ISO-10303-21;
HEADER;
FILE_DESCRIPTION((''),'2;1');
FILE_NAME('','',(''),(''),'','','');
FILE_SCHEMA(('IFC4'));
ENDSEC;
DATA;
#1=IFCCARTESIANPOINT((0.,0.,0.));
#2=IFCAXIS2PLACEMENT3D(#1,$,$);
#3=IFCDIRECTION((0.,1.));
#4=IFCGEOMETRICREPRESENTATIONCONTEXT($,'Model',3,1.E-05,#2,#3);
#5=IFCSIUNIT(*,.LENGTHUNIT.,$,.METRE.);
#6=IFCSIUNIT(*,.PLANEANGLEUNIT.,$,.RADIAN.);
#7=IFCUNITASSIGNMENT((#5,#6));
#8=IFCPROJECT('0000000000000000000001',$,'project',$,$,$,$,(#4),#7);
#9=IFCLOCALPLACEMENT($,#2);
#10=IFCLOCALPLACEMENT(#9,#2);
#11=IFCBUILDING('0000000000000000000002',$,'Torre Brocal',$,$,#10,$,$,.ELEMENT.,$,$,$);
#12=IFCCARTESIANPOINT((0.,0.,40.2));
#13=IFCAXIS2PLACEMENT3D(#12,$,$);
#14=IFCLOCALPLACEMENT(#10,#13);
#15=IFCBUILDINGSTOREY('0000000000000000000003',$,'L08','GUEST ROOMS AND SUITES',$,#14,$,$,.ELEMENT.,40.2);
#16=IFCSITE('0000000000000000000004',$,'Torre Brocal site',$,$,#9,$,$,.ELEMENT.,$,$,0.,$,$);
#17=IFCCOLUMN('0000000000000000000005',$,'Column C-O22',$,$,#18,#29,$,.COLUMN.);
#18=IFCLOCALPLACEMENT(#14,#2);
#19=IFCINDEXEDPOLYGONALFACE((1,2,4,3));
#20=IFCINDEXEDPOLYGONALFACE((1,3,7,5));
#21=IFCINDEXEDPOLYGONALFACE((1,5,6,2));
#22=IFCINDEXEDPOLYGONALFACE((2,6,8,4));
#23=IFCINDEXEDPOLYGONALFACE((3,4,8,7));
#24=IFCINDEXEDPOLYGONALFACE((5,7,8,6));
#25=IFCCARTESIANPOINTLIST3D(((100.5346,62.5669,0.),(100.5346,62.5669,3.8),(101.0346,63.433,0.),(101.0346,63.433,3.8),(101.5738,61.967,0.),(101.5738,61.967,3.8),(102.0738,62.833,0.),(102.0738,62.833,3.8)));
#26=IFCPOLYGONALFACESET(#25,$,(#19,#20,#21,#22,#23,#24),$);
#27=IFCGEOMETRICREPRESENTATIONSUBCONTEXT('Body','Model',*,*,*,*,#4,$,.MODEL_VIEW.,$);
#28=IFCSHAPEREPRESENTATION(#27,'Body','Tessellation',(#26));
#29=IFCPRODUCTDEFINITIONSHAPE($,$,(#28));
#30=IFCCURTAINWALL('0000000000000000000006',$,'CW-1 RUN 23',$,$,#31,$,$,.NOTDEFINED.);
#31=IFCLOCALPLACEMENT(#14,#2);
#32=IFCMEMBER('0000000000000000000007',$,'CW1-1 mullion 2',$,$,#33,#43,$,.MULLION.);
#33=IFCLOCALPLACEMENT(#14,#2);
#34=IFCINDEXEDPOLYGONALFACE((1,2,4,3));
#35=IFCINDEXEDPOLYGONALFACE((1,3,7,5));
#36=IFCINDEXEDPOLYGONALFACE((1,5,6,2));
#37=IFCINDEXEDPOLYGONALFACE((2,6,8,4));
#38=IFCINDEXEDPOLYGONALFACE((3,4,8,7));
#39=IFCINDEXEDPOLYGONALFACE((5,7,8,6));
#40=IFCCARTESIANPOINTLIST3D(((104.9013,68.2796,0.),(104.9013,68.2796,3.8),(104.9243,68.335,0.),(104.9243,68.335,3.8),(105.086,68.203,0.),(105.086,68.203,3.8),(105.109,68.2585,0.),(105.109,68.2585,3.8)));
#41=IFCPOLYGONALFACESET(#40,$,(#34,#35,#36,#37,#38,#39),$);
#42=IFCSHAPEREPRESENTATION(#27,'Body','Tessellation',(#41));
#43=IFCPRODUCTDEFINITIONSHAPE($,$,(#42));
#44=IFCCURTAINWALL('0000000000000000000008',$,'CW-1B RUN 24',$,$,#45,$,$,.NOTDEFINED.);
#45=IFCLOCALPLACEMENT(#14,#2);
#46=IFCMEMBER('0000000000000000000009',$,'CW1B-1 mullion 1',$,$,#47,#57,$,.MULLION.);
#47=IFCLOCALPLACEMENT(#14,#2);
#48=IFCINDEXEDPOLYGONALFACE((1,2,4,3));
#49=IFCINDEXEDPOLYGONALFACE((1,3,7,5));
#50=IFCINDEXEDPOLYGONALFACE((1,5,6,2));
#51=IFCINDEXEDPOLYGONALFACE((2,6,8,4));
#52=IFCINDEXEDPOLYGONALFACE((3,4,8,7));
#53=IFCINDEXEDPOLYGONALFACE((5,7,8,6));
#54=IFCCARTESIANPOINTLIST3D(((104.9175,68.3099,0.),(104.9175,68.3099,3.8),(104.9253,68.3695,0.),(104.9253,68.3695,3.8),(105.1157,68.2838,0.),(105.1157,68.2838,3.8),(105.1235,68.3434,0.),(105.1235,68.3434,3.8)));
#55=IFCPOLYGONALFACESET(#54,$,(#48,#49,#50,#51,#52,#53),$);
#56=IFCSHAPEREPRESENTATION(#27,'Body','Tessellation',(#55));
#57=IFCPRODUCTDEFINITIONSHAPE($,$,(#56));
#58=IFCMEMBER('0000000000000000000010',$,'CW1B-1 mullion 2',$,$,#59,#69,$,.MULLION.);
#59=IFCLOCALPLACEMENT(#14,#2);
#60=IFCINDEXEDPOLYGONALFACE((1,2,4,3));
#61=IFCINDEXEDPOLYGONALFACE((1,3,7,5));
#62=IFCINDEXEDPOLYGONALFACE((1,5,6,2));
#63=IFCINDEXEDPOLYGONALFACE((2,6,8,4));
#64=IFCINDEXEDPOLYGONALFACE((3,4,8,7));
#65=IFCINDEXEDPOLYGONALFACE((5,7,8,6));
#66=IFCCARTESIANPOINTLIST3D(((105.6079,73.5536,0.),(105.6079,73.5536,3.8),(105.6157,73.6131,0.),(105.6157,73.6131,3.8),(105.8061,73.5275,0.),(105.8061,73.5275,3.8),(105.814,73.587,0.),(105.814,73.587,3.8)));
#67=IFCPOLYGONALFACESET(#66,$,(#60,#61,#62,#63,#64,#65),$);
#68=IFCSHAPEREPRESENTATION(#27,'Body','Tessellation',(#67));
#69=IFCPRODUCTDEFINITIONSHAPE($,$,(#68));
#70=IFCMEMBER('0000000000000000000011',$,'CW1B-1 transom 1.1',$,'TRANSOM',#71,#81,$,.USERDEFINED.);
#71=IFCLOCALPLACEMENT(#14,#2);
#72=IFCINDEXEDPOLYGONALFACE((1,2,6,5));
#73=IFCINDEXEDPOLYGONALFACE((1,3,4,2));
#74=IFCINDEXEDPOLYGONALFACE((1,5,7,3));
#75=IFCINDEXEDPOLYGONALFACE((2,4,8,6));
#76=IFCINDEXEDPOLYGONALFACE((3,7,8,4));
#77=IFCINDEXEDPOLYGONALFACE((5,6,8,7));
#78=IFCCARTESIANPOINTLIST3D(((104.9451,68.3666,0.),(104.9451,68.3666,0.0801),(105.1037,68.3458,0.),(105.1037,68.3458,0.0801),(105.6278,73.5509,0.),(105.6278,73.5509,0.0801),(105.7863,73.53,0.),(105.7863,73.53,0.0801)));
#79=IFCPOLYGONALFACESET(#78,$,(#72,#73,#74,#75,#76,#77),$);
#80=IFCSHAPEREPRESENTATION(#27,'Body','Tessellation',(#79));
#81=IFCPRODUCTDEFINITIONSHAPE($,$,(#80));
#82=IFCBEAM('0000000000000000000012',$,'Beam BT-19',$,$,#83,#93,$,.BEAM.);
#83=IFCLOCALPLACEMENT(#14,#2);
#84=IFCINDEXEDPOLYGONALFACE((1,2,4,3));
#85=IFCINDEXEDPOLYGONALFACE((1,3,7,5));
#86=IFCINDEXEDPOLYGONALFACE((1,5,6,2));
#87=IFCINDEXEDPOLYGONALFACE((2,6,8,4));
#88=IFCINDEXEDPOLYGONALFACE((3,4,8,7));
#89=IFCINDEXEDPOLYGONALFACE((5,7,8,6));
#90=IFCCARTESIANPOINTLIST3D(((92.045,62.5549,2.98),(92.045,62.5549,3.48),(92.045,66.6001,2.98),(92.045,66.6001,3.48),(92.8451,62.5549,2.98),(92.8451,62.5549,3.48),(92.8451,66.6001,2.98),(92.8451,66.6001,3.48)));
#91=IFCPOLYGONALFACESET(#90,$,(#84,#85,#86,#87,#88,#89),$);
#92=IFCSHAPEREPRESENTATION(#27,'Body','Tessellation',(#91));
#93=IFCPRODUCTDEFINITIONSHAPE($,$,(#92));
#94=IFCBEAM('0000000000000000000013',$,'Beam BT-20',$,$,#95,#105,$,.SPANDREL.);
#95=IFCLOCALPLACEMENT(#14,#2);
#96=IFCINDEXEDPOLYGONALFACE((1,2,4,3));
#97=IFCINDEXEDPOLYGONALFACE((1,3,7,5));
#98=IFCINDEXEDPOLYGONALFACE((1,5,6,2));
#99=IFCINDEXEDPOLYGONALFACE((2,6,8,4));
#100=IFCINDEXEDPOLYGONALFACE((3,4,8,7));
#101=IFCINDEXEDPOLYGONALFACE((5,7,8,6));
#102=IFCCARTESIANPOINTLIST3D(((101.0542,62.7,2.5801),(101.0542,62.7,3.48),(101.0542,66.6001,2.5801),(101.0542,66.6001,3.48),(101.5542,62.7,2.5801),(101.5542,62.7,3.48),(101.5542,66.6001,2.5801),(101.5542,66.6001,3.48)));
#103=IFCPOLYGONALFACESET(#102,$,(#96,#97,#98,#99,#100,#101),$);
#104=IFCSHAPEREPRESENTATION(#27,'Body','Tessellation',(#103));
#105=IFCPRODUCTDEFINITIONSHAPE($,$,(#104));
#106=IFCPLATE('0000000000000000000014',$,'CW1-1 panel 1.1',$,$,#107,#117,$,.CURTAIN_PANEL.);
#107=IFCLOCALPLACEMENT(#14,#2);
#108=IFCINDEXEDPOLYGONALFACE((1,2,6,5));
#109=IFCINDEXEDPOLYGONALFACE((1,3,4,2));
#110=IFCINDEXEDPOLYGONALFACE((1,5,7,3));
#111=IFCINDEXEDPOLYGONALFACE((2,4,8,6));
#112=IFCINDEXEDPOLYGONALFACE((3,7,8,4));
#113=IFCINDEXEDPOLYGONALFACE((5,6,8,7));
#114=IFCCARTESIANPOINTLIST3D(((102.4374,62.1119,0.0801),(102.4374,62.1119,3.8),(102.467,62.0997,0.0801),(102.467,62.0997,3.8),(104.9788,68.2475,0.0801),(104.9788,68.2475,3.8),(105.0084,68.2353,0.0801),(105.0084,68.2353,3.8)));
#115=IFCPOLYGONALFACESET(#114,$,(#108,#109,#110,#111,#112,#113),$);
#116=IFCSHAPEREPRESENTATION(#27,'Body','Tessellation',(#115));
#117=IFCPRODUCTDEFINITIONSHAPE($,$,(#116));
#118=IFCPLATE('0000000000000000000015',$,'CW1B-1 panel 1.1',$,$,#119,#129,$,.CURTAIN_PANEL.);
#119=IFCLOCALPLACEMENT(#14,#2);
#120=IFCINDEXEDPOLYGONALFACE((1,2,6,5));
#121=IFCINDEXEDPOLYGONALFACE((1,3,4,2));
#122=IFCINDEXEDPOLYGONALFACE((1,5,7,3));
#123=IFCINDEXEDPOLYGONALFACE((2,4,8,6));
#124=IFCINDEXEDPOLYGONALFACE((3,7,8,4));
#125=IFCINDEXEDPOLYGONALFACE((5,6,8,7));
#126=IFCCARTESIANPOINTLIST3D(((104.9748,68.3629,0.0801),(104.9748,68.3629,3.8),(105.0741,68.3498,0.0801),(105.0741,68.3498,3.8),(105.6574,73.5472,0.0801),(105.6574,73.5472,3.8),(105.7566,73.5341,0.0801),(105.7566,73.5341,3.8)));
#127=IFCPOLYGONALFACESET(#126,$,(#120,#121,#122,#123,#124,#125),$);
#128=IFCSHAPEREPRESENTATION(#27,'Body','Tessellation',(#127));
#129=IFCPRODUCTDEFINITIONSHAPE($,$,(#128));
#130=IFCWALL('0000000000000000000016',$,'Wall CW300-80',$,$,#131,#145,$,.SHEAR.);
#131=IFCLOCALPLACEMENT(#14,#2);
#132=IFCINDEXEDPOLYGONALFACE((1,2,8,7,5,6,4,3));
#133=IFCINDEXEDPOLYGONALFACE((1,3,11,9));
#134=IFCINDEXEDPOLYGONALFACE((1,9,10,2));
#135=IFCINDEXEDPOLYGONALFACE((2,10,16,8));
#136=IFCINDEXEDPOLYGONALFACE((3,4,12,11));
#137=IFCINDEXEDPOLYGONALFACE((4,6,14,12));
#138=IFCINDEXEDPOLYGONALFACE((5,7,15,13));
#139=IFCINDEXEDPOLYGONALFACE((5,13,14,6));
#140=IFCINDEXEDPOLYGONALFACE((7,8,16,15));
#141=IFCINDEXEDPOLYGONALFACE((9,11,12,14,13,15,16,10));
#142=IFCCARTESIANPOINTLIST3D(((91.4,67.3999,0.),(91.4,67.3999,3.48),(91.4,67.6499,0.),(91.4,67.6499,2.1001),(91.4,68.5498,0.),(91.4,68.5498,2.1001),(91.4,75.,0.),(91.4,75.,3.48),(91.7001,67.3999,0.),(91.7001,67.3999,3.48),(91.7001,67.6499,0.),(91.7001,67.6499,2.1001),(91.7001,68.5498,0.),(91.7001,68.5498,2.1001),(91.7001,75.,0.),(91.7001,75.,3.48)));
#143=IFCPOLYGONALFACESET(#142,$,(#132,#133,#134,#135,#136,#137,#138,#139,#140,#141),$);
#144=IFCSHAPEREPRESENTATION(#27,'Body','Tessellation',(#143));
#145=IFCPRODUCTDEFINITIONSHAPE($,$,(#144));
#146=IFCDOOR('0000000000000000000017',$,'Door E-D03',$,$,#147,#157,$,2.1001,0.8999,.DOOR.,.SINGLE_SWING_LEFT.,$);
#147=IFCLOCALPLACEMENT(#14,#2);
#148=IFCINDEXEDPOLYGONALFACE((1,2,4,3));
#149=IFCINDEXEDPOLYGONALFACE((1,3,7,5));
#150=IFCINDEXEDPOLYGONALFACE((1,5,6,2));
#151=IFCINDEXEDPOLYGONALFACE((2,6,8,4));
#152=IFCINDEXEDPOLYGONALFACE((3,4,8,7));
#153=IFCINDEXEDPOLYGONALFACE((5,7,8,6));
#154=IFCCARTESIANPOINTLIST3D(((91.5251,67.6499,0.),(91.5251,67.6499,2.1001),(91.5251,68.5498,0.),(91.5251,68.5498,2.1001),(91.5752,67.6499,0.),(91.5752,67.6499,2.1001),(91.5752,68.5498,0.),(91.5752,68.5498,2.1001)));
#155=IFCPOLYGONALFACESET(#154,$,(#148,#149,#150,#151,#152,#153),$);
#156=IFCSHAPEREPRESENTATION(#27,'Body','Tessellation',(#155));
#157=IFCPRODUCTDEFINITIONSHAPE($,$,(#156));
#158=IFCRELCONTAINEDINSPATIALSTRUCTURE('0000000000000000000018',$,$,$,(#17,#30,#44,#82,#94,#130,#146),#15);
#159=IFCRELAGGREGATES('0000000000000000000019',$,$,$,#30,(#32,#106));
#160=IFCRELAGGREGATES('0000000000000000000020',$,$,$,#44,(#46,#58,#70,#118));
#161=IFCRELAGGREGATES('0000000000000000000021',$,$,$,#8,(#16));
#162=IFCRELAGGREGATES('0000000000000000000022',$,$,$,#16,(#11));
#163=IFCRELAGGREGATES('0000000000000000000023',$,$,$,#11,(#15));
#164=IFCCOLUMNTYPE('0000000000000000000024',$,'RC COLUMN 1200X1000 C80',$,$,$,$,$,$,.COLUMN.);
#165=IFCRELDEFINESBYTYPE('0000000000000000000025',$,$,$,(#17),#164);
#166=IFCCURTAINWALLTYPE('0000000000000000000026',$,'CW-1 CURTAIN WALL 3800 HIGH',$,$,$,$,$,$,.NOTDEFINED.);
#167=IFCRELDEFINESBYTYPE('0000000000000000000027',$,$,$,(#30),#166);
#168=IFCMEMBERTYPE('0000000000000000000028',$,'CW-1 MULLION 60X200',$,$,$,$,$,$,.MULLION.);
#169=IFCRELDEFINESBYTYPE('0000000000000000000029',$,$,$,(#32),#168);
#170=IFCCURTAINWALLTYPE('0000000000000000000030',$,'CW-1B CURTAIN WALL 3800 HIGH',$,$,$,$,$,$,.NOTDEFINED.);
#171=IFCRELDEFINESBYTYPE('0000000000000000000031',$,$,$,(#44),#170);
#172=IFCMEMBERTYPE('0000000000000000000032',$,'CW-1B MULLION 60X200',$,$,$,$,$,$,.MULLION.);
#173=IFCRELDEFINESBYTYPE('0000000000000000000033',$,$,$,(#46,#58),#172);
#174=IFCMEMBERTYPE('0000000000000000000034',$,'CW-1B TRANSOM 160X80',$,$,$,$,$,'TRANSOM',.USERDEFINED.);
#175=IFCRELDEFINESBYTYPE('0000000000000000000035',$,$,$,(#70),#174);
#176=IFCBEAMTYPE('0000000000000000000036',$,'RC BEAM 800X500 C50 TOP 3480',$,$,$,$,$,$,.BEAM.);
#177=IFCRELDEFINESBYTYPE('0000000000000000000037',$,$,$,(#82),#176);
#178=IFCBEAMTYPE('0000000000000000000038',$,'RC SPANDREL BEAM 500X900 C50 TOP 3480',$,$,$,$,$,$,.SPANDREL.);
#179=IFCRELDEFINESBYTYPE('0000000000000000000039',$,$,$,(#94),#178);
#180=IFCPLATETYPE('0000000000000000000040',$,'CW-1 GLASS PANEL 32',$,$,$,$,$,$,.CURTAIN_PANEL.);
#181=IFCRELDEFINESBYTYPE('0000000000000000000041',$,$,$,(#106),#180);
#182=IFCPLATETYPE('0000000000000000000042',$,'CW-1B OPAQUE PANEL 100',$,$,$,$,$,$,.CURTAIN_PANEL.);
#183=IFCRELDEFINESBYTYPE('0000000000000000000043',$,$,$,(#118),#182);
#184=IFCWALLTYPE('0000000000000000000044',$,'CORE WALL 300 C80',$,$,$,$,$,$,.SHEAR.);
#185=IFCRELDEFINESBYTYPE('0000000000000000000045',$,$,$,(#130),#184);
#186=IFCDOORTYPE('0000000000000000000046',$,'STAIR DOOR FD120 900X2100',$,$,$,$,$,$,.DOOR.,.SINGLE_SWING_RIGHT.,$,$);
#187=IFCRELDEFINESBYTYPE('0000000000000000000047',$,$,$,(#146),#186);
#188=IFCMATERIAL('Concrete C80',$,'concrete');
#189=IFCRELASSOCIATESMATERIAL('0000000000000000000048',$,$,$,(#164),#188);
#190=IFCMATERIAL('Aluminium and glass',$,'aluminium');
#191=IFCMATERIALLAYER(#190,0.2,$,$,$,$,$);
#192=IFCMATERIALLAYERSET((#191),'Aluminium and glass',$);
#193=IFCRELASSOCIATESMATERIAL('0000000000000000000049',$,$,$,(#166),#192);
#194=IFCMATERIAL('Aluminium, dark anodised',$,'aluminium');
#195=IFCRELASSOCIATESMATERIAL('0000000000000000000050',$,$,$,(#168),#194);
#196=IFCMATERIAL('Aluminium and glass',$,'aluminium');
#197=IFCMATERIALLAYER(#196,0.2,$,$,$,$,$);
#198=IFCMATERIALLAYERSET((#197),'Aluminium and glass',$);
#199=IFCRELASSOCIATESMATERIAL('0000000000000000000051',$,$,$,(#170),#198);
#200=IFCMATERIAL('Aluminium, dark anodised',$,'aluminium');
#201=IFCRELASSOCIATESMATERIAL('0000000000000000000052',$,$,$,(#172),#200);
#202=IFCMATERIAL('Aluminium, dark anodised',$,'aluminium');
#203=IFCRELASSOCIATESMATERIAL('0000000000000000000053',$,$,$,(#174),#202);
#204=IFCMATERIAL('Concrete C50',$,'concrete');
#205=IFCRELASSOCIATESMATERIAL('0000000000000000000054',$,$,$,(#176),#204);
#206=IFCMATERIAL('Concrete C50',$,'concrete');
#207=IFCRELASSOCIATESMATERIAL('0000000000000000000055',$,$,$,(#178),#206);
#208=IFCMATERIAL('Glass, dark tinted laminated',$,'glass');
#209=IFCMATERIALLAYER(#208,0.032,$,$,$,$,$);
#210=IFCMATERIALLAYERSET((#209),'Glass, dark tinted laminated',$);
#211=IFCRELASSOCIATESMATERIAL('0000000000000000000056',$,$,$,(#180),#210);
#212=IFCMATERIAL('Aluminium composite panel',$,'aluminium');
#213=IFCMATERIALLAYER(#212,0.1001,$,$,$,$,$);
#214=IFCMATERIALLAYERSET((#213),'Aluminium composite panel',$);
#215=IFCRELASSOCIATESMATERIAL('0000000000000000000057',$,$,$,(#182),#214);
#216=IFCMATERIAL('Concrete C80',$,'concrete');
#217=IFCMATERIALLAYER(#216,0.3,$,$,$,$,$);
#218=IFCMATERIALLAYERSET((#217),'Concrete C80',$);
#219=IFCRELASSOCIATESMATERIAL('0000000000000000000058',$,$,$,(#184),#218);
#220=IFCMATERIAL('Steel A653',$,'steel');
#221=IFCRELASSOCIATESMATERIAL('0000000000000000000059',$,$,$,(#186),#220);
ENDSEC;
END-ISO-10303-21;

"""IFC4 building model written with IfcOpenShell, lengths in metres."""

from ifc_helpers import new_model, si_unit, direction, frame, frame_2d, origin, origin_2d, place, context, subcontext, project, spatial, rectangle, extrude, material, layer, layer_set, material_profile, profile_set, type_object, element, fill, aggregate, save


model = new_model("IFC4")

# Units and contexts
model_context = context("Model", 3, precision=1e-05, world=origin(), true_north=direction((0.0, 1.0)))
body_context = subcontext(model_context, "Body", "Model", "MODEL_VIEW")
ifc_project = project(units=[si_unit("LENGTHUNIT", "METRE"), si_unit("PLANEANGLEUNIT", "RADIAN")], contexts=[model_context])

# Site, building, storey
site_placement = place(None, origin())
site = spatial("IfcSite", under=ifc_project, at=site_placement, Name="Torre Brocal site", CompositionType="ELEMENT", RefElevation=0.0)
building_placement = place(site_placement, origin())
building = spatial("IfcBuilding", under=site, at=building_placement, Name="Torre Brocal", CompositionType="ELEMENT")
storey_placement = place(building_placement, frame((0.0, 0.0, 40.2)))
storey = spatial("IfcBuildingStorey", under=building, at=storey_placement, Name="L08", Description="GUEST ROOMS AND SUITES", CompositionType="ELEMENT", Elevation=40.2)

# Column
ifc_material_1 = material(Name="Concrete C80", Category="concrete")
ifc_material_profile_1 = material_profile(ifc_material_1, rectangle(XDim=1.2, YDim=1.0, at=origin_2d()), Name="RC 1200X1000")
ifc_profile_set_1 = profile_set([ifc_material_profile_1], Name="Concrete C80")
column_type = type_object("IfcColumnType", Name="RC COLUMN 1200X1000 C80", PredefinedType="COLUMN", material=ifc_profile_set_1)
column_placement = place(storey_placement, frame((101.3042, 62.7, 0.0), z_axis=(0.0, 0.0, 1.0), x_axis=(0.866025, -0.5, 0.0)))
element("IfcColumn", 1, at=column_placement, inside=storey, type_object=column_type, Name="Column C-O22", PredefinedType="COLUMN", context=body_context, shape_type="SweptSolid", body=[
    extrude(rectangle(XDim=1.2, YDim=1.0, at=origin_2d()), origin(), (0.0, 0.0, 1.0), 3.8),
])

# Curtain wall, member
ifc_material_2 = material(Name="Aluminium and glass", Category="aluminium")
ifc_layer_1 = layer(ifc_material_2, 0.2)
ifc_layer_set_1 = layer_set([ifc_layer_1], Name="Aluminium and glass")
curtain_wall_type_1 = type_object("IfcCurtainWallType", Name="CW-1 CURTAIN WALL 3800 HIGH", PredefinedType="NOTDEFINED", material=ifc_layer_set_1)
curtain_wall_1_placement = place(storey_placement, origin())
curtain_wall_1 = element("IfcCurtainWall", 2, at=curtain_wall_1_placement, inside=storey, type_object=curtain_wall_type_1, Name="CW-1 RUN 23", PredefinedType="NOTDEFINED")
ifc_material_3 = material(Name="Aluminium, dark anodised", Category="aluminium")
ifc_material_profile_2 = material_profile(ifc_material_3, rectangle(XDim=0.2, YDim=0.0601, at=origin_2d()), Name="CW-1 MULLION 60X200")
ifc_profile_set_2 = profile_set([ifc_material_profile_2], Name="Aluminium, dark anodised")
member_type_1 = type_object("IfcMemberType", Name="CW-1 MULLION 60X200", PredefinedType="MULLION", material=ifc_profile_set_2)
member_1_placement = place(storey_placement, frame((105.0051, 68.269, 0.0), z_axis=(0.0, 0.0, 1.0), x_axis=(-0.92388, 0.382683, 0.0)))
member_1 = element("IfcMember", 3, at=member_1_placement, type_object=member_type_1, Name="CW1-1 mullion 2", PredefinedType="MULLION", context=body_context, shape_type="SweptSolid", body=[
    extrude(rectangle(XDim=0.2, YDim=0.0601, at=origin_2d()), origin(), (0.0, 0.0, 1.0), 3.8),
])

# Curtain wall, members
ifc_material_4 = material(Name="Aluminium and glass", Category="aluminium")
ifc_layer_2 = layer(ifc_material_4, 0.2)
ifc_layer_set_2 = layer_set([ifc_layer_2], Name="Aluminium and glass")
curtain_wall_type_2 = type_object("IfcCurtainWallType", Name="CW-1B CURTAIN WALL 3800 HIGH", PredefinedType="NOTDEFINED", material=ifc_layer_set_2)
curtain_wall_2_placement = place(storey_placement, origin())
curtain_wall_2 = element("IfcCurtainWall", 4, at=curtain_wall_2_placement, inside=storey, type_object=curtain_wall_type_2, Name="CW-1B RUN 24", PredefinedType="NOTDEFINED")
ifc_material_5 = material(Name="Aluminium, dark anodised", Category="aluminium")
ifc_material_profile_3 = material_profile(ifc_material_5, rectangle(XDim=0.2, YDim=0.0601, at=origin_2d()), Name="CW-1B MULLION 60X200")
ifc_profile_set_3 = profile_set([ifc_material_profile_3], Name="Aluminium, dark anodised")
member_type_2 = type_object("IfcMemberType", Name="CW-1B MULLION 60X200", PredefinedType="MULLION", material=ifc_profile_set_3)
member_2_placement = place(storey_placement, frame((105.0205, 68.3267, 0.0), z_axis=(0.0, 0.0, 1.0), x_axis=(-0.991445, 0.130526, 0.0)))
member_2 = element("IfcMember", 5, at=member_2_placement, type_object=member_type_2, Name="CW1B-1 mullion 1", PredefinedType="MULLION", context=body_context, shape_type="SweptSolid", body=[
    extrude(rectangle(XDim=0.2, YDim=0.0601, at=origin_2d()), origin(), (0.0, 0.0, 1.0), 3.8),
])
member_3_placement = place(storey_placement, frame((105.7109, 73.5703, 0.0), z_axis=(0.0, 0.0, 1.0), x_axis=(-0.991445, 0.130526, 0.0)))
member_3 = element("IfcMember", 6, at=member_3_placement, type_object=member_type_2, Name="CW1B-1 mullion 2", PredefinedType="MULLION", context=body_context, shape_type="SweptSolid", body=[
    extrude(rectangle(XDim=0.2, YDim=0.0601, at=origin_2d()), origin(), (0.0, 0.0, 1.0), 3.8),
])
ifc_material_6 = material(Name="Aluminium, dark anodised", Category="aluminium")
ifc_material_profile_4 = material_profile(ifc_material_6, rectangle(XDim=0.1599, YDim=0.0801, at=origin_2d()), Name="CW-1B TRANSOM 160X80")
ifc_profile_set_4 = profile_set([ifc_material_profile_4], Name="Aluminium, dark anodised")
member_type_3 = type_object("IfcMemberType", Name="CW-1B TRANSOM 160X80", ElementType="TRANSOM", PredefinedType="USERDEFINED", material=ifc_profile_set_4)
member_4_placement = place(storey_placement, frame((105.0244, 68.3562, 0.04), z_axis=(0.130543, 0.991443, 0.0), x_axis=(-0.991443, 0.130543, 0.0)))
member_4 = element("IfcMember", 7, at=member_4_placement, type_object=member_type_3, Name="CW1B-1 transom 1.1", ObjectType="TRANSOM", PredefinedType="USERDEFINED", context=body_context, shape_type="SweptSolid", body=[
    extrude(rectangle(XDim=0.1599, YDim=0.0801, at=origin_2d()), origin(), (0.0, 0.0, 1.0), 5.229),
])

# Beams
ifc_material_7 = material(Name="Concrete C50", Category="concrete")
ifc_material_profile_5 = material_profile(ifc_material_7, rectangle(XDim=0.8, YDim=0.5, at=origin_2d()), Name="RC 800X500")
ifc_profile_set_5 = profile_set([ifc_material_profile_5], Name="Concrete C50")
beam_type_1 = type_object("IfcBeamType", Name="RC BEAM 800X500 C50 TOP 3480", PredefinedType="BEAM", material=ifc_profile_set_5)
beam_1_placement = place(storey_placement, frame((92.4451, 62.5549, 3.23), z_axis=(0.0, 1.0, 0.0), x_axis=(-1.0, 0.0, 0.0)))
element("IfcBeam", 8, at=beam_1_placement, inside=storey, type_object=beam_type_1, Name="Beam BT-19", PredefinedType="BEAM", context=body_context, shape_type="SweptSolid", body=[
    extrude(rectangle(XDim=0.8, YDim=0.5, at=origin_2d()), origin(), (0.0, 0.0, 1.0), 4.0452),
])
ifc_material_8 = material(Name="Concrete C50", Category="concrete")
ifc_material_profile_6 = material_profile(ifc_material_8, rectangle(XDim=0.5, YDim=0.8999, at=origin_2d()), Name="RC 500X900")
ifc_profile_set_6 = profile_set([ifc_material_profile_6], Name="Concrete C50")
beam_type_2 = type_object("IfcBeamType", Name="RC SPANDREL BEAM 500X900 C50 TOP 3480", PredefinedType="SPANDREL", material=ifc_profile_set_6)
beam_2_placement = place(storey_placement, frame((101.3042, 62.7, 3.03), z_axis=(0.0, 1.0, 0.0), x_axis=(-1.0, 0.0, 0.0)))
element("IfcBeam", 9, at=beam_2_placement, inside=storey, type_object=beam_type_2, Name="Beam BT-20", PredefinedType="SPANDREL", context=body_context, shape_type="SweptSolid", body=[
    extrude(rectangle(XDim=0.5, YDim=0.8999, at=origin_2d()), origin(), (0.0, 0.0, 1.0), 3.9001),
])

# Plates
ifc_material_9 = material(Name="Glass, dark tinted laminated", Category="glass")
ifc_layer_3 = layer(ifc_material_9, 0.032)
ifc_layer_set_3 = layer_set([ifc_layer_3], Name="Glass, dark tinted laminated")
plate_type_1 = type_object("IfcPlateType", Name="CW-1 GLASS PANEL 32", PredefinedType="CURTAIN_PANEL", material=ifc_layer_set_3)
plate_1_placement = place(storey_placement, frame((103.7229, 65.1736, 0.0801), z_axis=(0.0, 0.0, 1.0), x_axis=(0.382683, 0.92388, 0.0)))
plate_1 = element("IfcPlate", 10, at=plate_1_placement, type_object=plate_type_1, Name="CW1-1 panel 1.1", PredefinedType="CURTAIN_PANEL", context=body_context, shape_type="SweptSolid", body=[
    extrude(rectangle(XDim=6.6411, YDim=0.032, at=origin_2d()), origin(), (0.0, 0.0, 1.0), 3.72),
])
aggregate(curtain_wall_1, [member_1, plate_1])
ifc_material_10 = material(Name="Aluminium composite panel", Category="aluminium")
ifc_layer_4 = layer(ifc_material_10, 0.1001)
ifc_layer_set_4 = layer_set([ifc_layer_4], Name="Aluminium composite panel")
plate_type_2 = type_object("IfcPlateType", Name="CW-1B OPAQUE PANEL 100", PredefinedType="CURTAIN_PANEL", material=ifc_layer_set_4)
plate_2_placement = place(storey_placement, frame((105.3657, 70.9485, 0.0801), z_axis=(0.0, 0.0, 1.0), x_axis=(0.130526, 0.991445, 0.0)))
plate_2 = element("IfcPlate", 11, at=plate_2_placement, type_object=plate_type_2, Name="CW1B-1 panel 1.1", PredefinedType="CURTAIN_PANEL", context=body_context, shape_type="SweptSolid", body=[
    extrude(rectangle(XDim=5.229, YDim=0.1001, at=origin_2d()), origin(), (0.0, 0.0, 1.0), 3.72),
])
aggregate(curtain_wall_2, [member_2, member_3, member_4, plate_2])

# Wall, opening, door
ifc_material_11 = material(Name="Concrete C80", Category="concrete")
ifc_layer_5 = layer(ifc_material_11, 0.3)
ifc_layer_set_5 = layer_set([ifc_layer_5], Name="Concrete C80")
wall_type_1 = type_object("IfcWallType", Name="CORE WALL 300 C80", PredefinedType="SHEAR", material=ifc_layer_set_5)
wall_1_placement = place(storey_placement, frame((91.55, 67.3999, 0.0), z_axis=(0.0, 0.0, 1.0), x_axis=(0.0, 1.0, 0.0)))
wall_1 = element("IfcWall", 12, at=wall_1_placement, inside=storey, type_object=wall_type_1, Name="Wall CW300-80", PredefinedType="SHEAR", context=body_context, shape_type="SweptSolid", body=[
    extrude(rectangle(XDim=7.6001, YDim=0.3, at=frame_2d((3.8, 0.0))), origin(), (0.0, 0.0, 1.0), 3.48),
])
opening_1_placement = place(wall_1_placement, frame((0.25, 0.0, 0.0)))
opening_1 = element("IfcOpeningElement", 13, at=opening_1_placement, cuts=wall_1, PredefinedType="OPENING", context=body_context, shape_type="SweptSolid", body=[
    extrude(rectangle(XDim=0.8999, YDim=2.1001, at=frame_2d((0.45, 1.05))), frame((0.0, 0.1599, 0.0), z_axis=(0.0, -1.0, 0.0), x_axis=(1.0, 0.0, 0.0)), (0.0, 0.0, 1.0), 0.3201),
])
ifc_material_12 = material(Name="Steel A653", Category="steel")
door_type_1 = type_object("IfcDoorType", Name="STAIR DOOR FD120 900X2100", OperationType="SINGLE_SWING_RIGHT", PredefinedType="DOOR", material=ifc_material_12)
door_1_placement = place(opening_1_placement, origin())
door_1 = element("IfcDoor", 14, at=door_1_placement, inside=storey, type_object=door_type_1, Name="Door E-D03", OperationType="SINGLE_SWING_LEFT", OverallHeight=2.1001, OverallWidth=0.8999, PredefinedType="DOOR", context=body_context, shape_type="SweptSolid", body=[
    extrude(rectangle(XDim=0.8999, YDim=2.1001, at=frame_2d((0.45, 1.05))), frame((0.0, 0.0249, 0.0), z_axis=(0.0, -1.0, 0.0), x_axis=(1.0, 0.0, 0.0)), (0.0, 0.0, 1.0), 0.05),
])
fill(opening_1, door_1)

save(model, "model.ifc")
